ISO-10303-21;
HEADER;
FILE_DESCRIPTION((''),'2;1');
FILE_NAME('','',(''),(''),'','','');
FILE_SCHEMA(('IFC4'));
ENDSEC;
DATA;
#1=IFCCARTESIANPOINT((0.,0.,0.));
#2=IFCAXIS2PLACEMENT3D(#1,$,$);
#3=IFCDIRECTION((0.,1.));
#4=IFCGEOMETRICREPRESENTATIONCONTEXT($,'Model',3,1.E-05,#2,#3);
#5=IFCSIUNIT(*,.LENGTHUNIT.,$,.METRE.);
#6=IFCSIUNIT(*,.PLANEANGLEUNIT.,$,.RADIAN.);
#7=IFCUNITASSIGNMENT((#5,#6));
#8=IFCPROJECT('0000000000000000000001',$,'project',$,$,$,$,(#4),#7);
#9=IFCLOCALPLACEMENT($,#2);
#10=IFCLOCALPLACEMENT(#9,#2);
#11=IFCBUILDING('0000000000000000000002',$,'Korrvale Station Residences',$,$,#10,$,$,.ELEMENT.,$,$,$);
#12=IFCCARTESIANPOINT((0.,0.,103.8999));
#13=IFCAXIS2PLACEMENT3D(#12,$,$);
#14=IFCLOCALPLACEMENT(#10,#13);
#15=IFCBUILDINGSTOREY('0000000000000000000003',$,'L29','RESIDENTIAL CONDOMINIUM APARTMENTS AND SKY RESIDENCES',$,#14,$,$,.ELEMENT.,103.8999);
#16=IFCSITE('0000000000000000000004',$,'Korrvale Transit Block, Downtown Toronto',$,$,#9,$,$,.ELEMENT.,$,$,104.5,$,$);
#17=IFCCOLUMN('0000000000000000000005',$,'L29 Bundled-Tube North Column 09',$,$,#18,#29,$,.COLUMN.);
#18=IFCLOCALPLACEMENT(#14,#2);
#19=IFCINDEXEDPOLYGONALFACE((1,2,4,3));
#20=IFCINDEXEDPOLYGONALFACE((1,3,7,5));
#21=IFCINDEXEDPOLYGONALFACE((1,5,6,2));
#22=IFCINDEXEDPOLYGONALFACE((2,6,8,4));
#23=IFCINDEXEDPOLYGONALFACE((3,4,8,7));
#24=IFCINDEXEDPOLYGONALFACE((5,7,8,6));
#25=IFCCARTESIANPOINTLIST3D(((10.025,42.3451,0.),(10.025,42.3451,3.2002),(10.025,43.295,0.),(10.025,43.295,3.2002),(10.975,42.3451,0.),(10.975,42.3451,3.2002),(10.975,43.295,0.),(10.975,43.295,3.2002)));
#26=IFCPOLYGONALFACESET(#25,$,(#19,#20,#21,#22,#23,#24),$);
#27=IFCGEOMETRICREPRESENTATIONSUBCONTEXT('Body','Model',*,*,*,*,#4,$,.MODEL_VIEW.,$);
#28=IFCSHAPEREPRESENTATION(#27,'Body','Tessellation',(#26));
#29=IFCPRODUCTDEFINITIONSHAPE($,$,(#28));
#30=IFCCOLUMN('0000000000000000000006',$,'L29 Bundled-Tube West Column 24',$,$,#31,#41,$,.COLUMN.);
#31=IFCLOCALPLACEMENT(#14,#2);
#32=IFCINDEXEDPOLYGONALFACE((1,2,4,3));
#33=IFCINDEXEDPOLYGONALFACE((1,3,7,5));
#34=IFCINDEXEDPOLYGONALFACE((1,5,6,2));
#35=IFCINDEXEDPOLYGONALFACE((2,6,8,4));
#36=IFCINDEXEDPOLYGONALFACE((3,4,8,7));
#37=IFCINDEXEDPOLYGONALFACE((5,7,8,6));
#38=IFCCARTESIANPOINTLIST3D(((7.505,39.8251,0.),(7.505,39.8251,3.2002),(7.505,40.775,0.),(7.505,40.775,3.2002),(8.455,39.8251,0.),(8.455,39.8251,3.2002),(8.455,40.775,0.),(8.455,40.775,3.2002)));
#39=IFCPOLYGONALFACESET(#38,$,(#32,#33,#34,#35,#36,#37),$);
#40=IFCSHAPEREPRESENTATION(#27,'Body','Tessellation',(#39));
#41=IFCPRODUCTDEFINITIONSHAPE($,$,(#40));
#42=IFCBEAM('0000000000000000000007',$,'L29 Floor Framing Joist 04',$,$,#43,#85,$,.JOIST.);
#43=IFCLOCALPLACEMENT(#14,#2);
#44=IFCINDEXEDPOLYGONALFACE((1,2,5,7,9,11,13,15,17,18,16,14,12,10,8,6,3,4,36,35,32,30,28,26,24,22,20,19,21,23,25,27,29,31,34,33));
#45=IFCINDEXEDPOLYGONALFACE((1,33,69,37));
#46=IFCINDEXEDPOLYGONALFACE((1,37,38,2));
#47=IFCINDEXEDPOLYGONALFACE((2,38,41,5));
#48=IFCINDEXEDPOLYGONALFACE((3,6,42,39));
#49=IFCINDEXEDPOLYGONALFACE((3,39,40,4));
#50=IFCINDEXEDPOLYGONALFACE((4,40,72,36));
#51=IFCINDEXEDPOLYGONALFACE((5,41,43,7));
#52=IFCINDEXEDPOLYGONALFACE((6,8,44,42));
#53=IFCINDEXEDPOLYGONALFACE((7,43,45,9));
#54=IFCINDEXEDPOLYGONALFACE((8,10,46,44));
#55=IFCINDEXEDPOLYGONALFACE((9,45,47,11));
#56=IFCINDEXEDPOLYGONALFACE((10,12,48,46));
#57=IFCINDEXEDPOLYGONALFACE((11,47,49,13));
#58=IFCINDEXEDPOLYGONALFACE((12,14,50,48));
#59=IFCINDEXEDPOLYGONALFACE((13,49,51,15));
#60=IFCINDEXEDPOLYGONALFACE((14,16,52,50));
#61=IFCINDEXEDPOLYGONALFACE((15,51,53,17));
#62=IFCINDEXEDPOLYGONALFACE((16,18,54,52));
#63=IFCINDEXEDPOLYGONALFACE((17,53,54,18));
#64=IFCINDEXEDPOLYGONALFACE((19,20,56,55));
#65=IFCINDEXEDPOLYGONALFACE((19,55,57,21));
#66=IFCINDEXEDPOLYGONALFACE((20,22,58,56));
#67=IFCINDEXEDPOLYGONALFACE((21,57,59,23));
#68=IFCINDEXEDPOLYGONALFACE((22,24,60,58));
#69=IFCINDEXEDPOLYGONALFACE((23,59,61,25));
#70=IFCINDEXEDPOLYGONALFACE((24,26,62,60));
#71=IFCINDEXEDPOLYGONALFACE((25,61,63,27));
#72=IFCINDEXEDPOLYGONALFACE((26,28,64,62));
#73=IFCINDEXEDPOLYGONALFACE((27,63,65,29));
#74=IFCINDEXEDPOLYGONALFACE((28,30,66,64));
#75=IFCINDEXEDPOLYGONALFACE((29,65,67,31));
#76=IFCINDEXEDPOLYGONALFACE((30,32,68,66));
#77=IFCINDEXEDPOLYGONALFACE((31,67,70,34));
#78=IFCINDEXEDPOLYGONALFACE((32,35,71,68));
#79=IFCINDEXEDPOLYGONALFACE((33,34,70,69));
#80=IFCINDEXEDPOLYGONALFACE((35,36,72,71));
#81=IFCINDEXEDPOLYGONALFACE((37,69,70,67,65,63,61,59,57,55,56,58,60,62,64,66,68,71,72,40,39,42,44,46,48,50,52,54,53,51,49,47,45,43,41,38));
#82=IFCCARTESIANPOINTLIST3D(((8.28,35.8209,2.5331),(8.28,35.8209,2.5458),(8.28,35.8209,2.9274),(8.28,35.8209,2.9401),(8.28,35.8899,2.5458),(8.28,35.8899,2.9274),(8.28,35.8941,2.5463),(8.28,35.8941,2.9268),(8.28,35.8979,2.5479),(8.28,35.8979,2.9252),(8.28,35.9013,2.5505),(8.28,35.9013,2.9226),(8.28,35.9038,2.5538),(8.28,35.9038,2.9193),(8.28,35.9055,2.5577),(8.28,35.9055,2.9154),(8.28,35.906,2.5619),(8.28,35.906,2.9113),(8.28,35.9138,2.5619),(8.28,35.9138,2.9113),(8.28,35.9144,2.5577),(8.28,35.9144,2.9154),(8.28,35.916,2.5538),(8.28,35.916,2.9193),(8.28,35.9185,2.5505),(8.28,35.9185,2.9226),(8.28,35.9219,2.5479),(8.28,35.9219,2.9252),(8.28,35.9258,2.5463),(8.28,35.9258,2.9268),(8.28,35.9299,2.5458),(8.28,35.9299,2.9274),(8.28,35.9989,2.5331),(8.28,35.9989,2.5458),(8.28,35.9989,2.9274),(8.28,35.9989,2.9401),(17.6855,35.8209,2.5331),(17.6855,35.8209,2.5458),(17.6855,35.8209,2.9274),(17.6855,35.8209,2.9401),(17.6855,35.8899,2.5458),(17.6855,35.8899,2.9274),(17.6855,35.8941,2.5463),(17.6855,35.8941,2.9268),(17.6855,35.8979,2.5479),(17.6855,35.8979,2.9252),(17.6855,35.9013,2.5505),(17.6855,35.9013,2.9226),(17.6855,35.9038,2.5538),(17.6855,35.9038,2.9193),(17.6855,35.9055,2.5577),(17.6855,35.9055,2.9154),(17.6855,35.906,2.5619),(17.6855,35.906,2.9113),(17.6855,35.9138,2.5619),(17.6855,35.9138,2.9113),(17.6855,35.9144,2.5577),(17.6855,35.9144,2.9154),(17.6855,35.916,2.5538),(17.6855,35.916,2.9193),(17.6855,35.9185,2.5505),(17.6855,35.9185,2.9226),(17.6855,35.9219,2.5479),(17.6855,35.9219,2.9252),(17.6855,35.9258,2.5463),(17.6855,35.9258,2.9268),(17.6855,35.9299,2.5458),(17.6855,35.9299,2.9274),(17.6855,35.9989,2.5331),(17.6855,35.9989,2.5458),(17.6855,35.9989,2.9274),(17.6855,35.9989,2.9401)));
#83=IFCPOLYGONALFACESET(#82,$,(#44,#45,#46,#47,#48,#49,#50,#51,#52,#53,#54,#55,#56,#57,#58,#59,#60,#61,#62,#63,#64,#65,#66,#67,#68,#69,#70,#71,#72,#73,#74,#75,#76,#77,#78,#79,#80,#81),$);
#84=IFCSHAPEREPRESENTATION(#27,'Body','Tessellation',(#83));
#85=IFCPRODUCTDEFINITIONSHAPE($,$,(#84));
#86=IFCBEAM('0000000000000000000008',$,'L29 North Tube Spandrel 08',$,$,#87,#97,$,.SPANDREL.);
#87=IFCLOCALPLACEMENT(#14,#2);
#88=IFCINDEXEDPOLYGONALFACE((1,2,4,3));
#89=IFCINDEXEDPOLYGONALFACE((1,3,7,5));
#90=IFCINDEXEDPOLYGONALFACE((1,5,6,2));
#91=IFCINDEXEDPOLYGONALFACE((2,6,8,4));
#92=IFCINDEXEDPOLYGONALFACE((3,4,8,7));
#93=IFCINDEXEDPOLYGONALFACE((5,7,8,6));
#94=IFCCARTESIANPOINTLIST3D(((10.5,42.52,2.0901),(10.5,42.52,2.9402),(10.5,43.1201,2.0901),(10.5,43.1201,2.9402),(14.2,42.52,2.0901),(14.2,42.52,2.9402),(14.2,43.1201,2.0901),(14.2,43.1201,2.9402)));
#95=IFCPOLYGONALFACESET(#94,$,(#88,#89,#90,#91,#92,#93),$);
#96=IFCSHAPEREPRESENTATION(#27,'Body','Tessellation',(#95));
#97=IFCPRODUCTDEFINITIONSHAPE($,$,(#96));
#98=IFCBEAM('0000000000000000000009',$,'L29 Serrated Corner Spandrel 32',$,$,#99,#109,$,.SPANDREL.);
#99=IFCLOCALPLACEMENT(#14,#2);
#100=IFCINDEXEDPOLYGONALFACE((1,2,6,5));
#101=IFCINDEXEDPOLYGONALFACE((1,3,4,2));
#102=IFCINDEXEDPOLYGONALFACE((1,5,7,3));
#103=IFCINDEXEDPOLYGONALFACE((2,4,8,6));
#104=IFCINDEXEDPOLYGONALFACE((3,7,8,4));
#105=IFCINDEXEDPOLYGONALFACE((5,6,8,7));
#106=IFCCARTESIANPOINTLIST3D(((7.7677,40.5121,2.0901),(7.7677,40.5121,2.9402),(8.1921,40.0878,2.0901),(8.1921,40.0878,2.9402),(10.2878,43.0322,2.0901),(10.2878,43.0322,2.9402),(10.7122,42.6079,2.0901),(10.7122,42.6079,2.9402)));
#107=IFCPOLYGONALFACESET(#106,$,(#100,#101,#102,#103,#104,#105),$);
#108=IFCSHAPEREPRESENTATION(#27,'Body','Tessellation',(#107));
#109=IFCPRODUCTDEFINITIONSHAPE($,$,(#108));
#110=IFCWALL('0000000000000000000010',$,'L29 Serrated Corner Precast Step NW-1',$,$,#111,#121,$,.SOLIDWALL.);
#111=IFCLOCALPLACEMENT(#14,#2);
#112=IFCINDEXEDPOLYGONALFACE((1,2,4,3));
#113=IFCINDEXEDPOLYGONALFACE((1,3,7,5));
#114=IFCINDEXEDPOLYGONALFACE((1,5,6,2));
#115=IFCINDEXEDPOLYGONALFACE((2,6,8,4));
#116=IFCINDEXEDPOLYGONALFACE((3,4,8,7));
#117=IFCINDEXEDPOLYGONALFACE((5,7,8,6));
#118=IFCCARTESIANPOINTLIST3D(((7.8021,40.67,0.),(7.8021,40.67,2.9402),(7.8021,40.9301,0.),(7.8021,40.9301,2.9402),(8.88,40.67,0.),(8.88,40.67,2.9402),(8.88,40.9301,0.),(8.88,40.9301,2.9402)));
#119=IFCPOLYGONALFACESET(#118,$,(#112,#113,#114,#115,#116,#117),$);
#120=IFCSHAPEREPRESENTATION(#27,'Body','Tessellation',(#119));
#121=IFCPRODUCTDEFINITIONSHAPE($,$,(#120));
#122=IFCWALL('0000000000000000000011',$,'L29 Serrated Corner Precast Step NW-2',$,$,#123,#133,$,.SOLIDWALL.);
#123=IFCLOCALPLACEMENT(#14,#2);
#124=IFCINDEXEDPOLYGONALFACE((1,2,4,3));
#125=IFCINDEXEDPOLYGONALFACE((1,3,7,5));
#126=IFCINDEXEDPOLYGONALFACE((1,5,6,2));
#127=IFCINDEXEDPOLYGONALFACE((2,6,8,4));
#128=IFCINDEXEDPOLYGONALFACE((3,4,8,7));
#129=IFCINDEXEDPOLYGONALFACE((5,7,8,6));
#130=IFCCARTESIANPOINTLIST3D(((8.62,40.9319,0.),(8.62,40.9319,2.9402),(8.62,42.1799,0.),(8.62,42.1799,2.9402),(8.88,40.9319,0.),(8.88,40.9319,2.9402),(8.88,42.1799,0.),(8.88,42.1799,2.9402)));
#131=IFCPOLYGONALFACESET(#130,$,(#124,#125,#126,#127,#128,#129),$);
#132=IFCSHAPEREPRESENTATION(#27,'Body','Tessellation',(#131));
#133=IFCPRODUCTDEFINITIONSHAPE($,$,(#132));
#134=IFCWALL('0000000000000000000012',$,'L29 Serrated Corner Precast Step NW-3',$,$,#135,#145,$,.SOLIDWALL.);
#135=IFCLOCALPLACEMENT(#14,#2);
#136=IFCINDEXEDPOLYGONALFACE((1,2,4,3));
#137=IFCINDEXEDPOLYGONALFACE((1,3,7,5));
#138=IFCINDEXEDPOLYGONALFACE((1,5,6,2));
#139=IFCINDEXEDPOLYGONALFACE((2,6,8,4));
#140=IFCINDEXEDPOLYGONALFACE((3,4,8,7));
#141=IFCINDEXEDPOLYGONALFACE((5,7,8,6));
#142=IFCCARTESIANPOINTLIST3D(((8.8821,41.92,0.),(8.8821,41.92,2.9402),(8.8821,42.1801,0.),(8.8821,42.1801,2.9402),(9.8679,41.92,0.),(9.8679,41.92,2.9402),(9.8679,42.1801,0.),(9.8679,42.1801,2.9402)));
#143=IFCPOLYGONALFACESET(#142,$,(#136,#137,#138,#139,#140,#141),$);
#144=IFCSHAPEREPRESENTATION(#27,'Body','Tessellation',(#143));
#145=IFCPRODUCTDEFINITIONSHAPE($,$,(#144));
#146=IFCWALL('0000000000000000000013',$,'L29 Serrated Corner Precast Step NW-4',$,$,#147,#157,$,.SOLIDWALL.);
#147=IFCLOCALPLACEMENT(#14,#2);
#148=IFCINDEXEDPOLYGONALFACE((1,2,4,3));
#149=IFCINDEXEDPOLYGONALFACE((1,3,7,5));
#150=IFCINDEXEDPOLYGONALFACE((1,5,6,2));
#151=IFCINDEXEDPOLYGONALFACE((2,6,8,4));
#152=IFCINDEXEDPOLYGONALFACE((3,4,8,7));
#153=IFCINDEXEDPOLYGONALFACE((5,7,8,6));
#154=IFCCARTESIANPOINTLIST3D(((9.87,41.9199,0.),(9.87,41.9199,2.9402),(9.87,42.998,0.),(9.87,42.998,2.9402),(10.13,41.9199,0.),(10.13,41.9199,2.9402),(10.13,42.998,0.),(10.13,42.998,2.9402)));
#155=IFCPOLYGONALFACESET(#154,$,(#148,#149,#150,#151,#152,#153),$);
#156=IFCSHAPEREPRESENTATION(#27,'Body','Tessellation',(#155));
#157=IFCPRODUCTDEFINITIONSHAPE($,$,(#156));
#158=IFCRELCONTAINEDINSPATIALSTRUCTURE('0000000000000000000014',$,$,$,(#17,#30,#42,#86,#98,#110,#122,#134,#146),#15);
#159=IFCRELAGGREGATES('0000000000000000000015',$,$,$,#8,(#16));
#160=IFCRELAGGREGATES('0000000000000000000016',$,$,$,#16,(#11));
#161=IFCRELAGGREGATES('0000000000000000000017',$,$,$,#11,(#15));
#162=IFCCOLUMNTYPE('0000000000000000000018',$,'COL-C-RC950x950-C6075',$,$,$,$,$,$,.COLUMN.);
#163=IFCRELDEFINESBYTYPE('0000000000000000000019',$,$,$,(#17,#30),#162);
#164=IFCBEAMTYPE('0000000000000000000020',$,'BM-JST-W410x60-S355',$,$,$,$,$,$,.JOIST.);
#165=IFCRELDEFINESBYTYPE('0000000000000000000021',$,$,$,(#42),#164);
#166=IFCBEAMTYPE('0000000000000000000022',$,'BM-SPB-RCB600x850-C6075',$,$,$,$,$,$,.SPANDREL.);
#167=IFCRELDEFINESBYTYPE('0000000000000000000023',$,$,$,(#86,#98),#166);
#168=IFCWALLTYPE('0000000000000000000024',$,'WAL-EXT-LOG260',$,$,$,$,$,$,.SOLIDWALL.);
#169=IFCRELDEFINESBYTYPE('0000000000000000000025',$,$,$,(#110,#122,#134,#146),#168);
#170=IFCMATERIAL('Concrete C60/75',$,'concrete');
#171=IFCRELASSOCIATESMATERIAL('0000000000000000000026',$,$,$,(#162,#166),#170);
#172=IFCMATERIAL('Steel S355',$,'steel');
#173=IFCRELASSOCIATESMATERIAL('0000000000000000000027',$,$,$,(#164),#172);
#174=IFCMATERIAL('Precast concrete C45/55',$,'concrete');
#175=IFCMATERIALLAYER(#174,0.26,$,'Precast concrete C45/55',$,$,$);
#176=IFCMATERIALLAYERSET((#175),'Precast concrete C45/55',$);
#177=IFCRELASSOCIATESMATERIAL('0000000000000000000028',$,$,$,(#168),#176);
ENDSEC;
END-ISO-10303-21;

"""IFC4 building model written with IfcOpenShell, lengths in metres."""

from ifc_helpers import new_model, si_unit, direction, frame, frame_2d, origin, origin_2d, place, context, subcontext, project, spatial, rectangle, i_section, extrude, material, layer, layer_set, material_profile, profile_set, type_object, element, save


model = new_model("IFC4")

# Units and contexts
model_context = context("Model", 3, precision=1e-05, world=origin(), true_north=direction((0.0, 1.0)))
body_context = subcontext(model_context, "Body", "Model", "MODEL_VIEW")
ifc_project = project(units=[si_unit("LENGTHUNIT", "METRE"), si_unit("PLANEANGLEUNIT", "RADIAN")], contexts=[model_context])

# Site, building, storey
site_placement = place(None, origin())
site = spatial("IfcSite", under=ifc_project, at=site_placement, Name="Korrvale Transit Block, Downtown Toronto", CompositionType="ELEMENT", RefElevation=104.5)
building_placement = place(site_placement, origin())
building = spatial("IfcBuilding", under=site, at=building_placement, Name="Korrvale Station Residences", CompositionType="ELEMENT")
storey_placement = place(building_placement, frame((0.0, 0.0, 103.8999)))
storey = spatial("IfcBuildingStorey", under=building, at=storey_placement, Name="L29", Description="RESIDENTIAL CONDOMINIUM APARTMENTS AND SKY RESIDENCES", CompositionType="ELEMENT", Elevation=103.8999)

# Columns
ifc_material_1 = material(Name="Concrete C60/75", Category="concrete")
ifc_material_profile_1 = material_profile(ifc_material_1, rectangle(XDim=0.95, YDim=0.95, at=origin_2d()), Name="RC950x950")
ifc_profile_set_1 = profile_set([ifc_material_profile_1], Name="Concrete C60/75")
column_type = type_object("IfcColumnType", Name="COL-C-RC950x950-C6075", PredefinedType="COLUMN", material=ifc_profile_set_1)
for number, where, z_axis, x_axis, name in (
    (1, (10.5, 42.8201, 0.0), (0.0, 0.0, 1.0), (1.0, 0.0, 0.0), "L29 Bundled-Tube North Column 09"),
    (2, (7.98, 40.3, 0.0), (0.0, 0.0, 1.0), (1.0, 0.0, 0.0), "L29 Bundled-Tube West Column 24"),
):
    element("IfcColumn", number, at=place(storey_placement, frame(where, z_axis=z_axis, x_axis=x_axis)), inside=storey, type_object=column_type, Name=name, PredefinedType="COLUMN", context=body_context, shape_type="SweptSolid", body=[
        extrude(rectangle(XDim=0.95, YDim=0.95, at=origin_2d()), origin(), (0.0, 0.0, 1.0), 3.2002),
    ])

# Beams
ifc_material_2 = material(Name="Steel S355", Category="steel")
ifc_material_profile_2 = material_profile(ifc_material_2, i_section(OverallWidth=0.178, OverallDepth=0.407, WebThickness=0.0078, FlangeThickness=0.0127, FilletRadius=0.0161, at=origin_2d()), Name="W410x60")
ifc_profile_set_2 = profile_set([ifc_material_profile_2], Name="Steel S355")
beam_type_1 = type_object("IfcBeamType", Name="BM-JST-W410x60-S355", PredefinedType="JOIST", material=ifc_profile_set_2)
beam_1_placement = place(storey_placement, frame((8.28, 35.9099, 2.7366), z_axis=(1.0, 0.0, 0.0), x_axis=(0.0, 1.0, 0.0)))
element("IfcBeam", 3, at=beam_1_placement, inside=storey, type_object=beam_type_1, Name="L29 Floor Framing Joist 04", PredefinedType="JOIST", context=body_context, shape_type="SweptSolid", body=[
    extrude(i_section(OverallWidth=0.178, OverallDepth=0.407, WebThickness=0.0078, FlangeThickness=0.0127, FilletRadius=0.0161, at=origin_2d()), origin(), (0.0, 0.0, 1.0), 9.4055),
])
ifc_material_profile_3 = material_profile(ifc_material_1, rectangle(XDim=0.6001, YDim=0.8501, at=origin_2d()), Name="RCB600x850")
ifc_profile_set_3 = profile_set([ifc_material_profile_3], Name="Concrete C60/75")
beam_type_2 = type_object("IfcBeamType", Name="BM-SPB-RCB600x850-C6075", PredefinedType="SPANDREL", material=ifc_profile_set_3)
beam_2_placement = place(storey_placement, frame((10.5, 42.8201, 2.5151), z_axis=(1.0, 0.0, 0.0), x_axis=(0.0, 1.0, 0.0)))
element("IfcBeam", 4, at=beam_2_placement, inside=storey, type_object=beam_type_2, Name="L29 North Tube Spandrel 08", PredefinedType="SPANDREL", context=body_context, shape_type="SweptSolid", body=[
    extrude(rectangle(XDim=0.6001, YDim=0.8501, at=origin_2d()), origin(), (0.0, 0.0, 1.0), 3.7),
])
beam_3_placement = place(storey_placement, frame((10.5, 42.8201, 2.5151), z_axis=(-0.707107, -0.707107, 0.0), x_axis=(0.707107, -0.707107, 0.0)))
element("IfcBeam", 5, at=beam_3_placement, inside=storey, type_object=beam_type_2, Name="L29 Serrated Corner Spandrel 32", PredefinedType="SPANDREL", context=body_context, shape_type="SweptSolid", body=[
    extrude(rectangle(XDim=0.6001, YDim=0.8501, at=origin_2d()), origin(), (0.0, 0.0, 1.0), 3.564),
])

# Walls
ifc_material_3 = material(Name="Precast concrete C45/55", Category="concrete")
ifc_layer_1 = layer(ifc_material_3, 0.26, Name="Precast concrete C45/55")
ifc_layer_set_1 = layer_set([ifc_layer_1], Name="Precast concrete C45/55")
wall_type_1 = type_object("IfcWallType", Name="WAL-EXT-LOG260", PredefinedType="SOLIDWALL", material=ifc_layer_set_1)
wall_1_placement = place(storey_placement, frame((7.802, 40.8, 0.0), z_axis=(0.0, 0.0, 1.0), x_axis=(1.0, 0.0, 0.0)))
element("IfcWall", 6, at=wall_1_placement, inside=storey, type_object=wall_type_1, Name="L29 Serrated Corner Precast Step NW-1", PredefinedType="SOLIDWALL", context=body_context, shape_type="SweptSolid", body=[
    extrude(rectangle(XDim=1.0779, YDim=0.26, at=frame_2d((0.5391, 0.0))), origin(), (0.0, 0.0, 1.0), 2.9402),
])
wall_2_placement = place(storey_placement, frame((8.75, 40.9319, 0.0), z_axis=(0.0, 0.0, 1.0), x_axis=(0.0, 1.0, 0.0)))
element("IfcWall", 7, at=wall_2_placement, inside=storey, type_object=wall_type_1, Name="L29 Serrated Corner Precast Step NW-2", PredefinedType="SOLIDWALL", context=body_context, shape_type="SweptSolid", body=[
    extrude(rectangle(XDim=1.248, YDim=0.26, at=frame_2d((0.624, 0.0))), origin(), (0.0, 0.0, 1.0), 2.9402),
])
wall_3_placement = place(storey_placement, frame((8.8821, 42.05, 0.0), z_axis=(0.0, 0.0, 1.0), x_axis=(1.0, 0.0, 0.0)))
element("IfcWall", 8, at=wall_3_placement, inside=storey, type_object=wall_type_1, Name="L29 Serrated Corner Precast Step NW-3", PredefinedType="SOLIDWALL", context=body_context, shape_type="SweptSolid", body=[
    extrude(rectangle(XDim=0.9858, YDim=0.26, at=frame_2d((0.4929, 0.0))), origin(), (0.0, 0.0, 1.0), 2.9402),
])
wall_4_placement = place(storey_placement, frame((10.0, 41.9199, 0.0), z_axis=(0.0, 0.0, 1.0), x_axis=(0.0, 1.0, 0.0)))
element("IfcWall", 9, at=wall_4_placement, inside=storey, type_object=wall_type_1, Name="L29 Serrated Corner Precast Step NW-4", PredefinedType="SOLIDWALL", context=body_context, shape_type="SweptSolid", body=[
    extrude(rectangle(XDim=1.0781, YDim=0.26, at=frame_2d((0.5391, 0.0))), origin(), (0.0, 0.0, 1.0), 2.9402),
])

save(model, "model.ifc")
